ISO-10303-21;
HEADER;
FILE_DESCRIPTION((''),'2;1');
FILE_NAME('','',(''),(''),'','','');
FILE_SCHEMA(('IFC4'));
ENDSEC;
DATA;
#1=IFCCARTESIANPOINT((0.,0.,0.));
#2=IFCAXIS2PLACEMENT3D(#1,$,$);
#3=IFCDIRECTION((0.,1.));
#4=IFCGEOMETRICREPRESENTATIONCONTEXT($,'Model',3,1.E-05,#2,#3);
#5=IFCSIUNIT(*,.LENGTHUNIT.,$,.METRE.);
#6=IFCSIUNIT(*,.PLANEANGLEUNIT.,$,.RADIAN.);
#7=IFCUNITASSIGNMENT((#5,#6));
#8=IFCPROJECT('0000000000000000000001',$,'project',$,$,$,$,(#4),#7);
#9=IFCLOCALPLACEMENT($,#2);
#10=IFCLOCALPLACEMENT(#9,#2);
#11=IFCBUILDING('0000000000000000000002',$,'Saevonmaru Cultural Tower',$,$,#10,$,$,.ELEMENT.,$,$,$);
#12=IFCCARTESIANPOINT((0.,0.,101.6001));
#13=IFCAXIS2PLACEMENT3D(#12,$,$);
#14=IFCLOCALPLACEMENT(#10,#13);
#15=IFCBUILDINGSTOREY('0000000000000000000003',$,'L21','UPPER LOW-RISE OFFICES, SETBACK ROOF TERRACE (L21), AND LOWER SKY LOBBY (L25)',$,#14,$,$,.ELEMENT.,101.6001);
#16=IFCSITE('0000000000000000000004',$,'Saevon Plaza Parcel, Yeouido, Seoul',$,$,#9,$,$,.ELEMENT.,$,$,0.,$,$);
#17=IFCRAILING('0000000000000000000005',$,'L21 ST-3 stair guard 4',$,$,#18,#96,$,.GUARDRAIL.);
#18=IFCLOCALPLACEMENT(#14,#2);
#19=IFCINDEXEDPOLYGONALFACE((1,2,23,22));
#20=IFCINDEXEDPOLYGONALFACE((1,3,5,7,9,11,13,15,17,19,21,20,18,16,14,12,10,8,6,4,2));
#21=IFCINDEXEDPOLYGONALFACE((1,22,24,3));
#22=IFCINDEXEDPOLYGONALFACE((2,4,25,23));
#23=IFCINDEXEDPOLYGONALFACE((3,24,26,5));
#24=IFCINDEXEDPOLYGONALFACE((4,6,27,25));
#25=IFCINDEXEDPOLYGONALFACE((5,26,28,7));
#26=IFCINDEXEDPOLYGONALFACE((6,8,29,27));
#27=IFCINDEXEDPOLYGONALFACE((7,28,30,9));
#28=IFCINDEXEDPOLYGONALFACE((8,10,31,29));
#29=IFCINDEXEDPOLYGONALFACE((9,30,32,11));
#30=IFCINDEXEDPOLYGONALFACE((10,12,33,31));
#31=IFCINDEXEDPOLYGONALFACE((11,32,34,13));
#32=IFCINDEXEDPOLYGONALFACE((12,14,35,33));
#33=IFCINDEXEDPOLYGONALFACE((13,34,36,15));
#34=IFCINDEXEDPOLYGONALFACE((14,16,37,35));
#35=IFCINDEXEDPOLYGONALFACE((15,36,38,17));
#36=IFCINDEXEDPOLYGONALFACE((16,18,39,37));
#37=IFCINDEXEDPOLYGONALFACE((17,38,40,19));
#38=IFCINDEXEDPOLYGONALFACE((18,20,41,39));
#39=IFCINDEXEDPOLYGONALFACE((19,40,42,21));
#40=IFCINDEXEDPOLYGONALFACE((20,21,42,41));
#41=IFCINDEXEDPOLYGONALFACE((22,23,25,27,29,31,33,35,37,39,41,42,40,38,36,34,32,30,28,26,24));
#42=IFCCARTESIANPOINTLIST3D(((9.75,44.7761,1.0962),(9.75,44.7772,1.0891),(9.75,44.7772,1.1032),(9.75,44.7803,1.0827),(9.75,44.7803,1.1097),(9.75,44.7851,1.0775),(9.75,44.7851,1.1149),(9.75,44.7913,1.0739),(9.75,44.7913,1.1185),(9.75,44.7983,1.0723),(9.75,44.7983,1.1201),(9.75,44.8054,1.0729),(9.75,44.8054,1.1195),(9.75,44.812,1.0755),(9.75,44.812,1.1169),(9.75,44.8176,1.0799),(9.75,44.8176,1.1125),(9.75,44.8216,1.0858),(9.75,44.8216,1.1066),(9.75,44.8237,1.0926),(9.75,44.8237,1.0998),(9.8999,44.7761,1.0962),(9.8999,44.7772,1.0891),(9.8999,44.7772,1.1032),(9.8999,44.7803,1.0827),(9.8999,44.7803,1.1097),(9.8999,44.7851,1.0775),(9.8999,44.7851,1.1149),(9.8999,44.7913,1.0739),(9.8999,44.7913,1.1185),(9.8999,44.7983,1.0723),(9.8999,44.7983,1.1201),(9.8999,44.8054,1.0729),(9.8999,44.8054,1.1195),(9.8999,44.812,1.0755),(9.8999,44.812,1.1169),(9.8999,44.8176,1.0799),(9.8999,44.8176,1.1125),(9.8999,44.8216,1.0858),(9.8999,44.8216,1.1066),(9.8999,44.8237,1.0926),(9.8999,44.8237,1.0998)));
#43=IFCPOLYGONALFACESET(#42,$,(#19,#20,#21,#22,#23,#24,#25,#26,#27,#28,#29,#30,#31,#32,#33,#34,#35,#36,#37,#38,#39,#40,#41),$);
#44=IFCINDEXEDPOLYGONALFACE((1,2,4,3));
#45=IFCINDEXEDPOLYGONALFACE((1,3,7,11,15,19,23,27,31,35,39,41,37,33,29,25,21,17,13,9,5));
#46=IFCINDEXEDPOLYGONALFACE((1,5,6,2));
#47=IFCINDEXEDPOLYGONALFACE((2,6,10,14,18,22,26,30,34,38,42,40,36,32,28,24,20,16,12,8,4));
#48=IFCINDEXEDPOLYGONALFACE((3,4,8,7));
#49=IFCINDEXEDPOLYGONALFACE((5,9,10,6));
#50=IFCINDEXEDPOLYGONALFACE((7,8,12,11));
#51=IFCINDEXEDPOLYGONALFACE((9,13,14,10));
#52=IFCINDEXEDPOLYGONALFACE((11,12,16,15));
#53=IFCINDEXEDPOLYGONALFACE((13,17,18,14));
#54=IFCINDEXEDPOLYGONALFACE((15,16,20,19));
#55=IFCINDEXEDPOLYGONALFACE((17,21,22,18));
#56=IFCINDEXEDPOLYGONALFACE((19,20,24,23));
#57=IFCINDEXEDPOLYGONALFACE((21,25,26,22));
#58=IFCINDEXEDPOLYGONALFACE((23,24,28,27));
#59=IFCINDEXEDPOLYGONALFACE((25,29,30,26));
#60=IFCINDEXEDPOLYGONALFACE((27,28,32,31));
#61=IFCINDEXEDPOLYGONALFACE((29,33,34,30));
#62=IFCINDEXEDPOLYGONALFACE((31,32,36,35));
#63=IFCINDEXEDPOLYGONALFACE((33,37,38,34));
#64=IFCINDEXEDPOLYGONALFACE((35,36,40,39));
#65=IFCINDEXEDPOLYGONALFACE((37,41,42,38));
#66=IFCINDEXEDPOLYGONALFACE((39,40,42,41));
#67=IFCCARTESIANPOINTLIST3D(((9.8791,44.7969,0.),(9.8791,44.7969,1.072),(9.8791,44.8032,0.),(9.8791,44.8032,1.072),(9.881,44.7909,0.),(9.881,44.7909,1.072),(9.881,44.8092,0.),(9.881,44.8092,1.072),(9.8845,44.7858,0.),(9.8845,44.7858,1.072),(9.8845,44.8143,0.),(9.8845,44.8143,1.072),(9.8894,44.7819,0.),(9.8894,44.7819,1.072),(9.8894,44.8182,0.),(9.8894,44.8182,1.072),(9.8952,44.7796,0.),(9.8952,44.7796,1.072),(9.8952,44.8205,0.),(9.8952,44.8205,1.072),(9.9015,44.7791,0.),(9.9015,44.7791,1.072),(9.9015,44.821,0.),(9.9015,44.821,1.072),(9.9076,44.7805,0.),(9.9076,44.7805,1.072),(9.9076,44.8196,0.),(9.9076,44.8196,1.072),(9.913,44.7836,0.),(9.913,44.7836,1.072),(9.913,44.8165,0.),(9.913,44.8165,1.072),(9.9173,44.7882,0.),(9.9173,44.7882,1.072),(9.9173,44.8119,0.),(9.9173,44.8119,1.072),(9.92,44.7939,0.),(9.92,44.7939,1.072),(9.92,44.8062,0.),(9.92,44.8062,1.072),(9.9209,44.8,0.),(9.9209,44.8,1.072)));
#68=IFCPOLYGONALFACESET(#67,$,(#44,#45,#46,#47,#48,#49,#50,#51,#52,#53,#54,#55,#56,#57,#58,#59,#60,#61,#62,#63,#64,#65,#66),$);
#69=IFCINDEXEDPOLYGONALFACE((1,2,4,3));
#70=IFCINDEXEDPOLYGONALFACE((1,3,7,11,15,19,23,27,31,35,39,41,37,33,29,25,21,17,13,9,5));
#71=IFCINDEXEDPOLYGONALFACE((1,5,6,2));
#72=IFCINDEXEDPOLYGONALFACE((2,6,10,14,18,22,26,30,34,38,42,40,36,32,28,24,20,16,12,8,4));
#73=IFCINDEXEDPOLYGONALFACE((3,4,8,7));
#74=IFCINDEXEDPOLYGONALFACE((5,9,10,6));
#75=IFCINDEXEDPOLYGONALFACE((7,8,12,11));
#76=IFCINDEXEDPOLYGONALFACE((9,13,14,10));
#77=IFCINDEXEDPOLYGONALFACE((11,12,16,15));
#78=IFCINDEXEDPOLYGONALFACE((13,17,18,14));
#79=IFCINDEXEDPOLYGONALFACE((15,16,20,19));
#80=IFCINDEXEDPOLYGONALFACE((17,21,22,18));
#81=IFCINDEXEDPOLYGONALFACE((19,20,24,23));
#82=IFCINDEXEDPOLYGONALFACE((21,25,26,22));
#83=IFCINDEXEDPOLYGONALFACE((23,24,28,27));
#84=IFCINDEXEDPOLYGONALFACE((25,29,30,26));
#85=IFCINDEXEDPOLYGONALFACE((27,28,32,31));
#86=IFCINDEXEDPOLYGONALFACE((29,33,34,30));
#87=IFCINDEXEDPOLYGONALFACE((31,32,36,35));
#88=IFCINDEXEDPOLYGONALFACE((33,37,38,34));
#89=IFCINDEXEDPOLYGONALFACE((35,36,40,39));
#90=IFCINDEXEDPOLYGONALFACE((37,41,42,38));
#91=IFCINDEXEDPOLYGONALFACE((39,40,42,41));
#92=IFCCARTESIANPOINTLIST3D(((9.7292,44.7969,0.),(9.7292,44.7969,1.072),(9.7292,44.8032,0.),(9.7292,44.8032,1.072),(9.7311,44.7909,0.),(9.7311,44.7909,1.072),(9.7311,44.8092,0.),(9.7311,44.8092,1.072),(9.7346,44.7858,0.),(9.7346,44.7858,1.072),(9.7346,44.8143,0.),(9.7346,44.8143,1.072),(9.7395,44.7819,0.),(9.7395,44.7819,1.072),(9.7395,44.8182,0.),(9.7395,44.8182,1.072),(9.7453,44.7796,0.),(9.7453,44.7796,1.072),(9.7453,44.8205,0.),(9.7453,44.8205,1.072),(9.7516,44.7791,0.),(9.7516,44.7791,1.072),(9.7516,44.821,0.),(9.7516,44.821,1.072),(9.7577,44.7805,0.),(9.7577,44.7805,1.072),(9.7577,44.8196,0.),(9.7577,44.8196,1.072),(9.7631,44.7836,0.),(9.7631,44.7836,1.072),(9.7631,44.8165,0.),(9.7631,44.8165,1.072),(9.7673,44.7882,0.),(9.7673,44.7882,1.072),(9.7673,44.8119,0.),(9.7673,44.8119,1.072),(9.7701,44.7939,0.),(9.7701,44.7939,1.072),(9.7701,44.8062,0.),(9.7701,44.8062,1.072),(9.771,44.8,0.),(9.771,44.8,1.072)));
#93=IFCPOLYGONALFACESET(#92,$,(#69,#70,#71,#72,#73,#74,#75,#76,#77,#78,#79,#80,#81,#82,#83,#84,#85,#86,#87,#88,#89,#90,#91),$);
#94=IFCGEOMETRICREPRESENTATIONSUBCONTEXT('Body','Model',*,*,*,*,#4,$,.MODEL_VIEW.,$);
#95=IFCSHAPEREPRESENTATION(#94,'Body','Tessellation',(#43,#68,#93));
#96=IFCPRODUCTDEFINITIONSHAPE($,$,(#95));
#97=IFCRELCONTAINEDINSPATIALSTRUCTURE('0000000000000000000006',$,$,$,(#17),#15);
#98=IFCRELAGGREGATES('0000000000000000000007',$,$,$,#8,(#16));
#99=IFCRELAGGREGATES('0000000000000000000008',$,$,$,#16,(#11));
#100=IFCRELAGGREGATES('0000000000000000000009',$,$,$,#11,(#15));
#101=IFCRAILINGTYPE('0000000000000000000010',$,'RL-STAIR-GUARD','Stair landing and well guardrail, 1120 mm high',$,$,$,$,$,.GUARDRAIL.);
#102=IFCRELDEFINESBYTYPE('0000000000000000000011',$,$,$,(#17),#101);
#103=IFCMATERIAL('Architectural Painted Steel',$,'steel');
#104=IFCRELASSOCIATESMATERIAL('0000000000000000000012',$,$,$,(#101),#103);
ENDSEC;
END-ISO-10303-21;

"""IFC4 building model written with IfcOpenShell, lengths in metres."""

from ifc_helpers import new_model, si_unit, direction, frame, origin, origin_2d, place, context, subcontext, project, spatial, circle, extrude, material, type_object, element, save


model = new_model("IFC4")

# Units and contexts
model_context = context("Model", 3, precision=1e-05, world=origin(), true_north=direction((0.0, 1.0)))
body_context = subcontext(model_context, "Body", "Model", "MODEL_VIEW")
ifc_project = project(units=[si_unit("LENGTHUNIT", "METRE"), si_unit("PLANEANGLEUNIT", "RADIAN")], contexts=[model_context])

# Site, building, storey
site_placement = place(None, origin())
site = spatial("IfcSite", under=ifc_project, at=site_placement, Name="Saevon Plaza Parcel, Yeouido, Seoul", CompositionType="ELEMENT", RefElevation=0.0)
building_placement = place(site_placement, origin())
building = spatial("IfcBuilding", under=site, at=building_placement, Name="Saevonmaru Cultural Tower", CompositionType="ELEMENT")
storey_placement = place(building_placement, frame((0.0, 0.0, 101.6001)))
storey = spatial("IfcBuildingStorey", under=building, at=storey_placement, Name="L21", Description="UPPER LOW-RISE OFFICES, SETBACK ROOF TERRACE (L21), AND LOWER SKY LOBBY (L25)", CompositionType="ELEMENT", Elevation=101.6001)

# Railing
ifc_material_1 = material(Name="Architectural Painted Steel", Category="steel")
railing_type_1 = type_object("IfcRailingType", Name="RL-STAIR-GUARD", Description="Stair landing and well guardrail, 1120 mm high", PredefinedType="GUARDRAIL", material=ifc_material_1)
railing_1_placement = place(storey_placement, frame((9.8999, 44.8, 0.0)))
element("IfcRailing", 1, at=railing_1_placement, inside=storey, type_object=railing_type_1, Name="L21 ST-3 stair guard 4", PredefinedType="GUARDRAIL", context=body_context, shape_type="SweptSolid", body=[
    extrude(circle(Radius=0.0239, at=origin_2d()), frame((0.0, 0.0, 1.0962), z_axis=(-1.0, 0.0, 0.0), x_axis=(0.0, -1.0, 0.0)), (0.0, 0.0, 1.0), 0.1499),
    extrude(circle(Radius=0.021, at=origin_2d()), origin(), (0.0, 0.0, 1.0), 1.072),
    extrude(circle(Radius=0.021, at=origin_2d()), frame((-0.1499, 0.0, 0.0)), (0.0, 0.0, 1.0), 1.072),
])

save(model, "model.ifc")
